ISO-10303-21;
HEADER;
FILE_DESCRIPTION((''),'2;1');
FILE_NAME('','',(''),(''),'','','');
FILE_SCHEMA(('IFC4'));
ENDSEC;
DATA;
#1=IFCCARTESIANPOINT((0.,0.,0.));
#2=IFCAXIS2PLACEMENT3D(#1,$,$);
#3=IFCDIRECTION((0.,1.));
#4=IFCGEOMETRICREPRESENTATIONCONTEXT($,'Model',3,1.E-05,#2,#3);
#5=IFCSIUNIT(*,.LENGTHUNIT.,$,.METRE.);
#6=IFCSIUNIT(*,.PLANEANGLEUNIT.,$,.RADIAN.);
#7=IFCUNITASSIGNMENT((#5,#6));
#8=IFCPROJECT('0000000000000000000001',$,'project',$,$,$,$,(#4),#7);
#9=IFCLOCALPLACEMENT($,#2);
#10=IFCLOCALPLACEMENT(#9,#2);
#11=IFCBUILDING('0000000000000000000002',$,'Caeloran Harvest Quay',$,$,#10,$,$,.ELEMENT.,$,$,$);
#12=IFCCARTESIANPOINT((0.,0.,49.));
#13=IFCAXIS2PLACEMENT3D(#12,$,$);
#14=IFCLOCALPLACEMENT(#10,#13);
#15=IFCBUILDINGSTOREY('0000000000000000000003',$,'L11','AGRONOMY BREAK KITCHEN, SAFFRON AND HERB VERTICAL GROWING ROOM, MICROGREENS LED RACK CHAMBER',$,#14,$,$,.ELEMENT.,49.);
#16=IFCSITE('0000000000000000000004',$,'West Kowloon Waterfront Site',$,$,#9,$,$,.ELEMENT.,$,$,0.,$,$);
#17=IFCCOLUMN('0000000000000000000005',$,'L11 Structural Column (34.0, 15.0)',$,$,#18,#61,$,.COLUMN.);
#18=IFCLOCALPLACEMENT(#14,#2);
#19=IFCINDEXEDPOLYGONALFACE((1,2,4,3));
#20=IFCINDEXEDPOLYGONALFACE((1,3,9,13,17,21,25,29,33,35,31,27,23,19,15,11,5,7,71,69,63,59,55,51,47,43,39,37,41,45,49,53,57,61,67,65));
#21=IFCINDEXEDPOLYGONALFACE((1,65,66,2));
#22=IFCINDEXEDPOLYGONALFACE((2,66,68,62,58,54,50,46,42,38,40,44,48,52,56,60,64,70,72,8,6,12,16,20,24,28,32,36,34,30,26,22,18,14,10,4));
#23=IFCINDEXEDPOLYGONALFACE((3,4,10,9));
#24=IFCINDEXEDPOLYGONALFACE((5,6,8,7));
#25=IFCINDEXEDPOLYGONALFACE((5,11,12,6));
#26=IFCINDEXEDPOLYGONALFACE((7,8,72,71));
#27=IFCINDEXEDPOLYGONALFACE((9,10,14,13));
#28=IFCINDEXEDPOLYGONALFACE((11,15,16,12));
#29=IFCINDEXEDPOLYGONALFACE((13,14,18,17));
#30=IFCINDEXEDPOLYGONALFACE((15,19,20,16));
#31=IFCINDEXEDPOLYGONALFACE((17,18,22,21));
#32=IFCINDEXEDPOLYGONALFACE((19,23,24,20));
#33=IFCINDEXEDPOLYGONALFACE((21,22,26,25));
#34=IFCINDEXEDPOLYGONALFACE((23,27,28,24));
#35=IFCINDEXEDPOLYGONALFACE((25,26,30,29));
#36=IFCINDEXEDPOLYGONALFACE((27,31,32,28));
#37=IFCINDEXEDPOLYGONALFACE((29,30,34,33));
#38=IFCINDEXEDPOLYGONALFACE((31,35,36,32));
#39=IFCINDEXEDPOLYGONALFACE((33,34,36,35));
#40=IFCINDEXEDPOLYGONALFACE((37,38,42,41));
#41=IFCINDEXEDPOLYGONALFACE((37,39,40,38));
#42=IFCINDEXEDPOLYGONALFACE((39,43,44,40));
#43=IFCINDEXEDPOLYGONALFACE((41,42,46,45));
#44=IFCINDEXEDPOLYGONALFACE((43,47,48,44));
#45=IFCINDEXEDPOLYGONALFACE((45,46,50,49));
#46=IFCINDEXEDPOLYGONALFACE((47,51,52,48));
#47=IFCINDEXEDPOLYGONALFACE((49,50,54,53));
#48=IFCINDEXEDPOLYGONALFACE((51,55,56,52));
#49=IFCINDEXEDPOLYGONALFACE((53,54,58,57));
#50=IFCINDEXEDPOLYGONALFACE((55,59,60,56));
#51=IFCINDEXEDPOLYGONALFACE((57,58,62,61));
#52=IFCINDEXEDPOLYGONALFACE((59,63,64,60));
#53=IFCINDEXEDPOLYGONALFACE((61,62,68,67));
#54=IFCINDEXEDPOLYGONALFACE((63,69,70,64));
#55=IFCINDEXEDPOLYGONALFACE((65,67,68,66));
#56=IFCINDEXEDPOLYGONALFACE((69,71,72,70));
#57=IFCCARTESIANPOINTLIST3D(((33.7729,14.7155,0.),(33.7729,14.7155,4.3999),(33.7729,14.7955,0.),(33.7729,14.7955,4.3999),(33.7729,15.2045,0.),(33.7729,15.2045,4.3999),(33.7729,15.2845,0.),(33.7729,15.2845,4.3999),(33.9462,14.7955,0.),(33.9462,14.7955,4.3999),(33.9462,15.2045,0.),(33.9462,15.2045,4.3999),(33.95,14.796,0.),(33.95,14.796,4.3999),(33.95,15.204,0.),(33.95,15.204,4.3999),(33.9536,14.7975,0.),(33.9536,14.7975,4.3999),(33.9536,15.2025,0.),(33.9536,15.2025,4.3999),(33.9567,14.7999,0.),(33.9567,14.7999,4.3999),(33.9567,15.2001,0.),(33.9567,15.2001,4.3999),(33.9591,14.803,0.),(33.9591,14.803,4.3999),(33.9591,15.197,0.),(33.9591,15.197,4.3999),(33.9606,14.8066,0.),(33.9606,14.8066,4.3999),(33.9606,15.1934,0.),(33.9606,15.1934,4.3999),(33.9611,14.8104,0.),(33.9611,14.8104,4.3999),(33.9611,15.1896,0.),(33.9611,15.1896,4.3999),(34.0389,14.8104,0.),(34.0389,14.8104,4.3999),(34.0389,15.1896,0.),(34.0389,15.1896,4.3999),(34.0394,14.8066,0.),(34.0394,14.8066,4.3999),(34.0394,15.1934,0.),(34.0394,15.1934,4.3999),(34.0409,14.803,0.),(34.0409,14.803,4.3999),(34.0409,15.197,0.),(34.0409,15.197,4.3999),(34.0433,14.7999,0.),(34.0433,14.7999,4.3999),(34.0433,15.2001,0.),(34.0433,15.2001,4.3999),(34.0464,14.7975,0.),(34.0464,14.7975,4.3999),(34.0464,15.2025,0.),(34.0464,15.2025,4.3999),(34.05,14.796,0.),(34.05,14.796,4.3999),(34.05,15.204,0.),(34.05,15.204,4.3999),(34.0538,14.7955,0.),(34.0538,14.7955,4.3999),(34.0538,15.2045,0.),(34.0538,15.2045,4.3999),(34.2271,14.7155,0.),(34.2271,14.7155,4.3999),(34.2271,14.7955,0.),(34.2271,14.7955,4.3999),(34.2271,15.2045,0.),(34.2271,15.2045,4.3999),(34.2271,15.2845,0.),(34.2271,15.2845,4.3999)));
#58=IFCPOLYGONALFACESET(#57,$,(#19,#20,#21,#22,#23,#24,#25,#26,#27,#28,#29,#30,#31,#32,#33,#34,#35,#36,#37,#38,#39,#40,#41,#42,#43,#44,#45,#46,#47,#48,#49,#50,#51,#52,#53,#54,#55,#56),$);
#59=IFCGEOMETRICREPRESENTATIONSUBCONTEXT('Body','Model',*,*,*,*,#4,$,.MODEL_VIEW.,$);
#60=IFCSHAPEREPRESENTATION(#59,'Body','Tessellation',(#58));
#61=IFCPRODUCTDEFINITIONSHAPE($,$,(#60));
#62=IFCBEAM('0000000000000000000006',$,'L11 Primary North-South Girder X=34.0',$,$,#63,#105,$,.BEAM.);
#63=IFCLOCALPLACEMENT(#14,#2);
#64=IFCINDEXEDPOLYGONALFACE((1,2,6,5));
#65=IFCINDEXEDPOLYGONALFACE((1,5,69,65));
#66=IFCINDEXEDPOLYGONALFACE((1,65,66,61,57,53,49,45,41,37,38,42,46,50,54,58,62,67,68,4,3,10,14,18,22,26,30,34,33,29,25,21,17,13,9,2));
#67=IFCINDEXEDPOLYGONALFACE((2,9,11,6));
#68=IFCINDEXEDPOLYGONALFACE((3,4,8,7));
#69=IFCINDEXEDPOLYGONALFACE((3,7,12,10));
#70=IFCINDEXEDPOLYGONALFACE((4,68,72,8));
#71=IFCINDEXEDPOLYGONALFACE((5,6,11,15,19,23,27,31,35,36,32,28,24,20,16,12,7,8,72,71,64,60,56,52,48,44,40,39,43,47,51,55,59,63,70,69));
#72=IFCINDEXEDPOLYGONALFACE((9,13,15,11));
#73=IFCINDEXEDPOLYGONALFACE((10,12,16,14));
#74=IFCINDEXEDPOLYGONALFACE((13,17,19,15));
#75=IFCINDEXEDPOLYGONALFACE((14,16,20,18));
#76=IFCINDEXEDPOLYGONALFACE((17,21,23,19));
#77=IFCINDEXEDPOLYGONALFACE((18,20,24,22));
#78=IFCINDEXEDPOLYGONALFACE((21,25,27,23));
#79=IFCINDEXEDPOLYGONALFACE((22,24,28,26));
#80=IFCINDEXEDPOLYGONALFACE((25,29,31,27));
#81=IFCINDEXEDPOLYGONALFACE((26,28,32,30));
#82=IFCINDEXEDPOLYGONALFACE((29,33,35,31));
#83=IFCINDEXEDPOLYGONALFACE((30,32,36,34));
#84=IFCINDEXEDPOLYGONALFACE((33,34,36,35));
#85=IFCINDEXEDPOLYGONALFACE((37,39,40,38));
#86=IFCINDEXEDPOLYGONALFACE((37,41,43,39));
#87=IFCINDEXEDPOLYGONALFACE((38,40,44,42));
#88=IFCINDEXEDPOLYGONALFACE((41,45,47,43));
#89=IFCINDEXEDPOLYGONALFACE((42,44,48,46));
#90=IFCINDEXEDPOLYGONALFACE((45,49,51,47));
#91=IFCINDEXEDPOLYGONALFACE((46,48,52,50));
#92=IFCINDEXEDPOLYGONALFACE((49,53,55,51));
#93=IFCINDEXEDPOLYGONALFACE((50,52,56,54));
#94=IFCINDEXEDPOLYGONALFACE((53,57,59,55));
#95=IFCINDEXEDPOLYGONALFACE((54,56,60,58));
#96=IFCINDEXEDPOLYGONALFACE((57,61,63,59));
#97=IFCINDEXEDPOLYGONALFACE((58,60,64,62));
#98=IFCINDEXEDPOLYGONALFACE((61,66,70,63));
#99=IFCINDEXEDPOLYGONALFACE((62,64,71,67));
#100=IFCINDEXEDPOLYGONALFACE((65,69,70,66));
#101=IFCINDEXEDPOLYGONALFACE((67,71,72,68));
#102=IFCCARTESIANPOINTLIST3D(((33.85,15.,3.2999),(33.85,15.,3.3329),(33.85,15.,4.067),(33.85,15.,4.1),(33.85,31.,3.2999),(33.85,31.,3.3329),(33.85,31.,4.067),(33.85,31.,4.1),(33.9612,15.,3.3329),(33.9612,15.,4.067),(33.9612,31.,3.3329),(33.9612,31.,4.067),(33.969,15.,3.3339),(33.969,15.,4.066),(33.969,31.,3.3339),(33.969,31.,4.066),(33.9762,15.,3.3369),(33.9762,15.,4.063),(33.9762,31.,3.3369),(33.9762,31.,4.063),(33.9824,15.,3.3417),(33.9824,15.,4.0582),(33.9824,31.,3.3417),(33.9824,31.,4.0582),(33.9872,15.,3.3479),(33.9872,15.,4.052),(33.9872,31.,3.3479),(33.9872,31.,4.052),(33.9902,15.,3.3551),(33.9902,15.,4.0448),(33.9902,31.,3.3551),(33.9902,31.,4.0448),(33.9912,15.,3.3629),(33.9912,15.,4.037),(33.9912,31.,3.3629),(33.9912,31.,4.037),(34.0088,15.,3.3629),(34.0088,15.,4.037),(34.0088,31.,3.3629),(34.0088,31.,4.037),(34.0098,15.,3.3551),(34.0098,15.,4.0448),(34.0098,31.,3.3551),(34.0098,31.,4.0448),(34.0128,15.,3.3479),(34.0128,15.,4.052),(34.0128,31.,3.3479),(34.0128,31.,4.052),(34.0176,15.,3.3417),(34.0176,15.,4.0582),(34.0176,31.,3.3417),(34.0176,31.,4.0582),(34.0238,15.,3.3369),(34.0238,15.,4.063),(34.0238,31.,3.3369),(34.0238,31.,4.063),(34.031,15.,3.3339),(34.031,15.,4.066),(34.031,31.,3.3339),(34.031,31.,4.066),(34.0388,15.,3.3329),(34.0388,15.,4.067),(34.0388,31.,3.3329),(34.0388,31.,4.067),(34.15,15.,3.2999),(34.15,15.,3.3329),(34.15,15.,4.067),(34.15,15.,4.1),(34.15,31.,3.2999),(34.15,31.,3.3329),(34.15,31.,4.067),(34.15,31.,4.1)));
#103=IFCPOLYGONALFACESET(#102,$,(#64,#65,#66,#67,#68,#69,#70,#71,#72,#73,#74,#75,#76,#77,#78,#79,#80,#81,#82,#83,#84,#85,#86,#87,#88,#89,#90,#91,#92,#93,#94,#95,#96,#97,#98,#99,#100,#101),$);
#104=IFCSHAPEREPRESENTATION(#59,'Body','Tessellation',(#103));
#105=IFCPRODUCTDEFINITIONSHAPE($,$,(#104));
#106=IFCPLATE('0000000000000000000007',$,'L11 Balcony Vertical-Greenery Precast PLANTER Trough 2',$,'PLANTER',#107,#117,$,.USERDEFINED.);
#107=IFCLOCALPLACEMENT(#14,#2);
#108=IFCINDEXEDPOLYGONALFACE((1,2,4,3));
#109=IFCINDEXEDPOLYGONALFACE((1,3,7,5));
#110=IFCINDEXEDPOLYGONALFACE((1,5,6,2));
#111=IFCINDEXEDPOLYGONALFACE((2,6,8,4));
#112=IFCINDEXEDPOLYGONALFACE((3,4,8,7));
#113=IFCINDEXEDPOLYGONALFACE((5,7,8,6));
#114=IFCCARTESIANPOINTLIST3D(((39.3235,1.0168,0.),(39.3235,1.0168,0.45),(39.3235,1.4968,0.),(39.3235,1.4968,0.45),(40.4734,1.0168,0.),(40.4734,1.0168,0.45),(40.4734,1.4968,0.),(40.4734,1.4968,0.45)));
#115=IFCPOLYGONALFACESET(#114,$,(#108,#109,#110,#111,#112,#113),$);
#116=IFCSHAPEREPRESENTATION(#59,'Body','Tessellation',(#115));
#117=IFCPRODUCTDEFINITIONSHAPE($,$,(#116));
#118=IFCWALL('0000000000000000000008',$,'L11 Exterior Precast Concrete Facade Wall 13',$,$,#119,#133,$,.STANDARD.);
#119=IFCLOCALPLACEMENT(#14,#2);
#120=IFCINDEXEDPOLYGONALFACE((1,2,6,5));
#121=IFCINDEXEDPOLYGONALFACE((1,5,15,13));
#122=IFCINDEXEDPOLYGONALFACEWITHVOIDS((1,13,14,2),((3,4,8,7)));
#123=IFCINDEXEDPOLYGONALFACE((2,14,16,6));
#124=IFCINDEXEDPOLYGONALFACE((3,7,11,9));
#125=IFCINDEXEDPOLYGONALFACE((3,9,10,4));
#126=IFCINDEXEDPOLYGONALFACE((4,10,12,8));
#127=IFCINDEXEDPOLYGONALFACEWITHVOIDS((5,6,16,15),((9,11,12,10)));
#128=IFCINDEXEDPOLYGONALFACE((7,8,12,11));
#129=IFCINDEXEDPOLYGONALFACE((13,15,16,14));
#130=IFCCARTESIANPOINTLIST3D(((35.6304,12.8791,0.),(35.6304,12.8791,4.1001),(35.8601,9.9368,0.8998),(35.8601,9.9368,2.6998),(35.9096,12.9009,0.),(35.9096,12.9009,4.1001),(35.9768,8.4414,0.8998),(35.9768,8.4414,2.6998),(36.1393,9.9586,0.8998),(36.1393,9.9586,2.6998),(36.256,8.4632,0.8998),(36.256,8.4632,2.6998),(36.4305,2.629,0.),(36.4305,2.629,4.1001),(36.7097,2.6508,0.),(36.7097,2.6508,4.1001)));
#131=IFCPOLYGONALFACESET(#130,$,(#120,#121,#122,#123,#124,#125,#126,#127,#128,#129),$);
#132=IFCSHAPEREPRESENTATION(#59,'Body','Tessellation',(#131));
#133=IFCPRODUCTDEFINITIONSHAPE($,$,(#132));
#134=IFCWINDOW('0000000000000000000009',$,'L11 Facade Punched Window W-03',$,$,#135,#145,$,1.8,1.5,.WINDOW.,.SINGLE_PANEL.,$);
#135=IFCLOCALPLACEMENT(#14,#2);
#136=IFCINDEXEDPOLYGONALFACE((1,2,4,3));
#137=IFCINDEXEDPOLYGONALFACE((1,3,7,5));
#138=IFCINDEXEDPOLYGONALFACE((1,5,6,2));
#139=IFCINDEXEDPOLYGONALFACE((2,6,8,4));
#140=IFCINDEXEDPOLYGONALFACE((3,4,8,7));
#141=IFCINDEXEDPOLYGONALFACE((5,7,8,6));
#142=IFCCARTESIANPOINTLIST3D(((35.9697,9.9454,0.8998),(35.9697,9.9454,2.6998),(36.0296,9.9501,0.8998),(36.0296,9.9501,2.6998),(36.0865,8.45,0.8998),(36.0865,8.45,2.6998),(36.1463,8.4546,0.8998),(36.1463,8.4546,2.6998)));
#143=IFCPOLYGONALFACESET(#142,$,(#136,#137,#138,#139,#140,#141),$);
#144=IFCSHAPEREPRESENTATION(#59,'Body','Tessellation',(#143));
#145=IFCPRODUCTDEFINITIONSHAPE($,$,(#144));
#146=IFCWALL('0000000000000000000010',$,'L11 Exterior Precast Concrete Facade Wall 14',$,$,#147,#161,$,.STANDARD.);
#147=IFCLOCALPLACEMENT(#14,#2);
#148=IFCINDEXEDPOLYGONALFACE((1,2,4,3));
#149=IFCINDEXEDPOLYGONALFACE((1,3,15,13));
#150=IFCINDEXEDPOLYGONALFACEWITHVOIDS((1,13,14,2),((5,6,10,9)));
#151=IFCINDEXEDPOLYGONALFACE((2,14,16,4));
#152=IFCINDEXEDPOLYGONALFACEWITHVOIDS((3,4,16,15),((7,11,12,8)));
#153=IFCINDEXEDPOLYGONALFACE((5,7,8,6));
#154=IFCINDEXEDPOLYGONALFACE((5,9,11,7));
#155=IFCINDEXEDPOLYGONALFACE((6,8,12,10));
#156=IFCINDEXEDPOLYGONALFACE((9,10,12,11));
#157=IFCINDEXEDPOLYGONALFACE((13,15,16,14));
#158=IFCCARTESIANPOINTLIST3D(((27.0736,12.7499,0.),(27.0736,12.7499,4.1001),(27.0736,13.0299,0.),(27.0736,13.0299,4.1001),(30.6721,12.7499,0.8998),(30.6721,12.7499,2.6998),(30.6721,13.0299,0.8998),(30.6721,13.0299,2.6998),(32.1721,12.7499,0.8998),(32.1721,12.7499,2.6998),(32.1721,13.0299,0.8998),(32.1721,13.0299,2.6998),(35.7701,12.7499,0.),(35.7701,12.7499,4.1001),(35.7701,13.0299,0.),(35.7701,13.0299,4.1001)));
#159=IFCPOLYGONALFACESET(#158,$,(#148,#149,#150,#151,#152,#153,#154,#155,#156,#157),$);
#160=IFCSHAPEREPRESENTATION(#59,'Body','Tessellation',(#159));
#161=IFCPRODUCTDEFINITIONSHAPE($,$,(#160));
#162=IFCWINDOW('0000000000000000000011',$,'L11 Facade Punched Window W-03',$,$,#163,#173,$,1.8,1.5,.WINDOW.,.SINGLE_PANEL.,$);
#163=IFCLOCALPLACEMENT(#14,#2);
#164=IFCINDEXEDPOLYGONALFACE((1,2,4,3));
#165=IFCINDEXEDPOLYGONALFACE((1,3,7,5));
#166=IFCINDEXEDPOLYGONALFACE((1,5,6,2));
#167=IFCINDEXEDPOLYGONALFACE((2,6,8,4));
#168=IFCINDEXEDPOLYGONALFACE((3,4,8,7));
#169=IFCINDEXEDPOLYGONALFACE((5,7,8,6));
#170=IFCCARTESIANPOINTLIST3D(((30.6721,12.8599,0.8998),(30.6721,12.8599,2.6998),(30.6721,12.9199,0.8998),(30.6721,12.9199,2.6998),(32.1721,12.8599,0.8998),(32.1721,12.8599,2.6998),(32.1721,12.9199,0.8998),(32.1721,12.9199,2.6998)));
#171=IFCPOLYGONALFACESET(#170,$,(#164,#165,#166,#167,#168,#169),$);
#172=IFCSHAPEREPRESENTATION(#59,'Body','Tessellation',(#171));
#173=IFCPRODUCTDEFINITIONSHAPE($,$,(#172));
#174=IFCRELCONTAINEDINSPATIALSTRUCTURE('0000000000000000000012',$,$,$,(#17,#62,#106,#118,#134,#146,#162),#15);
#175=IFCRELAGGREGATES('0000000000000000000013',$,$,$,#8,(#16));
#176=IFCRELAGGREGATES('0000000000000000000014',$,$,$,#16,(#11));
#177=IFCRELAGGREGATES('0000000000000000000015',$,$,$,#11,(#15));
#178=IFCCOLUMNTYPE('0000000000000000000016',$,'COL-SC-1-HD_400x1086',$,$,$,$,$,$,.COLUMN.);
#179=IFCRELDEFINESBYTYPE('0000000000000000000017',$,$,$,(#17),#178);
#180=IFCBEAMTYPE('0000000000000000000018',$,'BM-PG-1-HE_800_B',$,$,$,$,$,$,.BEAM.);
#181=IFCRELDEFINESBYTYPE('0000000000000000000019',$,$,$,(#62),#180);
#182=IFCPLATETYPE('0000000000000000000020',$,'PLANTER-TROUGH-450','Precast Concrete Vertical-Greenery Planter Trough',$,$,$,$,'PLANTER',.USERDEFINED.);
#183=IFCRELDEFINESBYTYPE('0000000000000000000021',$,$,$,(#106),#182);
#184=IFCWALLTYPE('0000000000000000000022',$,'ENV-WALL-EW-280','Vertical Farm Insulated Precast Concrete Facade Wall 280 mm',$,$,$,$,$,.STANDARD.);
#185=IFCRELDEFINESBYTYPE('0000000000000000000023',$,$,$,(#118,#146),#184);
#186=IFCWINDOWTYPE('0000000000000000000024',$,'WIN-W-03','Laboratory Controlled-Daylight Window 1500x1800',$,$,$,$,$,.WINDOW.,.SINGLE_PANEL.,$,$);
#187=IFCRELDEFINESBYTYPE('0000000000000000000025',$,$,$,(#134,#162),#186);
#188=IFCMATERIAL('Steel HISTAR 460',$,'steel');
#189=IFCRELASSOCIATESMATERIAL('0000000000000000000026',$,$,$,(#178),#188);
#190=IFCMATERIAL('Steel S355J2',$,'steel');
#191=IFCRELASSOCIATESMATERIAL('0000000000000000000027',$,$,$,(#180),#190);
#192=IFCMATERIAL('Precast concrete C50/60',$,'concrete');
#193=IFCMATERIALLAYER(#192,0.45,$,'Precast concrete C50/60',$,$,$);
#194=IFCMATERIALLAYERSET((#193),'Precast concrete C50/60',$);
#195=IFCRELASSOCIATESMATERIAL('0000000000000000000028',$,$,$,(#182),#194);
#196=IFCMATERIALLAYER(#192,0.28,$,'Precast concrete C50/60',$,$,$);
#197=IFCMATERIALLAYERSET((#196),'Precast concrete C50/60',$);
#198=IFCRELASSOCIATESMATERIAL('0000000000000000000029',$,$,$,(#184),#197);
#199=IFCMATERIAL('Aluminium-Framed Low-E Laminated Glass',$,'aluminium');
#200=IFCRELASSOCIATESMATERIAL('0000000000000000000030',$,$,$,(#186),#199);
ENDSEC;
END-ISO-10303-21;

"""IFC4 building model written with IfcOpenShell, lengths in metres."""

from ifc_helpers import new_model, si_unit, direction, frame, frame_2d, origin, origin_2d, place, context, subcontext, project, spatial, rectangle, i_section, extrude, material, layer, layer_set, material_profile, profile_set, type_object, element, fill, save


model = new_model("IFC4")

# Units and contexts
model_context = context("Model", 3, precision=1e-05, world=origin(), true_north=direction((0.0, 1.0)))
body_context = subcontext(model_context, "Body", "Model", "MODEL_VIEW")
ifc_project = project(units=[si_unit("LENGTHUNIT", "METRE"), si_unit("PLANEANGLEUNIT", "RADIAN")], contexts=[model_context])

# Site, building, storey
site_placement = place(None, origin())
site = spatial("IfcSite", under=ifc_project, at=site_placement, Name="West Kowloon Waterfront Site", CompositionType="ELEMENT", RefElevation=0.0)
building_placement = place(site_placement, origin())
building = spatial("IfcBuilding", under=site, at=building_placement, Name="Caeloran Harvest Quay", CompositionType="ELEMENT")
storey_placement = place(building_placement, frame((0.0, 0.0, 49.0)))
storey = spatial("IfcBuildingStorey", under=building, at=storey_placement, Name="L11", Description="AGRONOMY BREAK KITCHEN, SAFFRON AND HERB VERTICAL GROWING ROOM, MICROGREENS LED RACK CHAMBER", CompositionType="ELEMENT", Elevation=49.0)

# Column
ifc_material_1 = material(Name="Steel HISTAR 460", Category="steel")
ifc_material_profile_1 = material_profile(ifc_material_1, i_section(OverallWidth=0.4541, OverallDepth=0.5691, WebThickness=0.0779, FlangeThickness=0.0801, FilletRadius=0.0149, at=origin_2d()), Name="HD 400x1086")
ifc_profile_set_1 = profile_set([ifc_material_profile_1], Name="Steel HISTAR 460")
column_type = type_object("IfcColumnType", Name="COL-SC-1-HD_400x1086", PredefinedType="COLUMN", material=ifc_profile_set_1)
column_placement = place(storey_placement, frame((34.0, 15.0, 0.0), z_axis=(0.0, 0.0, 1.0), x_axis=(1.0, 0.0, 0.0)))
element("IfcColumn", 1, at=column_placement, inside=storey, type_object=column_type, Name="L11 Structural Column (34.0, 15.0)", PredefinedType="COLUMN", context=body_context, shape_type="SweptSolid", body=[
    extrude(i_section(OverallWidth=0.4541, OverallDepth=0.5691, WebThickness=0.0779, FlangeThickness=0.0801, FilletRadius=0.0149, at=origin_2d()), origin(), (0.0, 0.0, 1.0), 4.3999),
])

# Beam
ifc_material_2 = material(Name="Steel S355J2", Category="steel")
ifc_material_profile_2 = material_profile(ifc_material_2, i_section(OverallWidth=0.3, OverallDepth=0.8, WebThickness=0.0176, FlangeThickness=0.033, FilletRadius=0.03, at=origin_2d()), Name="HE 800 B")
ifc_profile_set_2 = profile_set([ifc_material_profile_2], Name="Steel S355J2")
beam_type = type_object("IfcBeamType", Name="BM-PG-1-HE_800_B", PredefinedType="BEAM", material=ifc_profile_set_2)
beam_placement = place(storey_placement, frame((34.0, 15.0, 3.7), z_axis=(0.0, 1.0, 0.0), x_axis=(-1.0, 0.0, 0.0)))
element("IfcBeam", 2, at=beam_placement, inside=storey, type_object=beam_type, Name="L11 Primary North-South Girder X=34.0", PredefinedType="BEAM", context=body_context, shape_type="SweptSolid", body=[
    extrude(i_section(OverallWidth=0.3, OverallDepth=0.8, WebThickness=0.0176, FlangeThickness=0.033, FilletRadius=0.03, at=origin_2d()), origin(), (0.0, 0.0, 1.0), 16.0),
])

# Plate
ifc_material_3 = material(Name="Precast concrete C50/60", Category="concrete")
ifc_layer_1 = layer(ifc_material_3, 0.45, Name="Precast concrete C50/60")
ifc_layer_set_1 = layer_set([ifc_layer_1], Name="Precast concrete C50/60")
plate_type = type_object("IfcPlateType", Name="PLANTER-TROUGH-450", Description="Precast Concrete Vertical-Greenery Planter Trough", ElementType="PLANTER", PredefinedType="USERDEFINED", material=ifc_layer_set_1)
plate_placement = place(storey_placement, frame((39.8984, 1.2568, 0.0), z_axis=(0.0, 0.0, 1.0), x_axis=(1.0, 0.0, 0.0)))
element("IfcPlate", 3, at=plate_placement, inside=storey, type_object=plate_type, Name="L11 Balcony Vertical-Greenery Precast PLANTER Trough 2", ObjectType="PLANTER", PredefinedType="USERDEFINED", context=body_context, shape_type="SweptSolid", body=[
    extrude(rectangle(XDim=1.1499, YDim=0.48, at=origin_2d()), origin(), (0.0, 0.0, 1.0), 0.45),
])

# Walls, openings, windows
ifc_layer_2 = layer(ifc_material_3, 0.28, Name="Precast concrete C50/60")
ifc_layer_set_2 = layer_set([ifc_layer_2], Name="Precast concrete C50/60")
wall_type_1 = type_object("IfcWallType", Name="ENV-WALL-EW-280", Description="Vertical Farm Insulated Precast Concrete Facade Wall 280 mm", PredefinedType="STANDARD", material=ifc_layer_set_2)
wall_1_placement = place(storey_placement, frame((36.5701, 2.6399, 0.0), z_axis=(0.0, 0.0, 1.0), x_axis=(-0.077817, 0.996968, 0.0)))
wall_1 = element("IfcWall", 4, at=wall_1_placement, inside=storey, type_object=wall_type_1, Name="L11 Exterior Precast Concrete Facade Wall 13", PredefinedType="STANDARD", context=body_context, shape_type="SweptSolid", body=[
    extrude(rectangle(XDim=10.2812, YDim=0.28, at=frame_2d((5.1406, 0.0))), origin(), (0.0, 0.0, 1.0), 4.1001),
])
opening_1_placement = place(wall_1_placement, frame((5.8301, 0.0, 0.8999)))
opening_1 = element("IfcOpeningElement", 5, at=opening_1_placement, cuts=wall_1, PredefinedType="OPENING", context=body_context, shape_type="SweptSolid", body=[
    extrude(rectangle(XDim=1.5, YDim=1.8, at=frame_2d((0.75, 0.8999))), frame((0.0, 0.1499, 0.0), z_axis=(0.0, -1.0, 0.0), x_axis=(1.0, 0.0, 0.0)), (0.0, 0.0, 1.0), 0.3),
])
ifc_material_4 = material(Name="Aluminium-Framed Low-E Laminated Glass", Category="aluminium")
window_type = type_object("IfcWindowType", Name="WIN-W-03", Description="Laboratory Controlled-Daylight Window 1500x1800", PartitioningType="SINGLE_PANEL", PredefinedType="WINDOW", material=ifc_material_4)
window_1_placement = place(opening_1_placement, origin())
window_1 = element("IfcWindow", 6, at=window_1_placement, inside=storey, type_object=window_type, Name="L11 Facade Punched Window W-03", OverallHeight=1.8, OverallWidth=1.5, PartitioningType="SINGLE_PANEL", PredefinedType="WINDOW", context=body_context, shape_type="SweptSolid", body=[
    extrude(rectangle(XDim=1.5, YDim=1.8, at=frame_2d((0.75, 0.8999))), frame((0.0, 0.03, 0.0), z_axis=(0.0, -1.0, 0.0), x_axis=(1.0, 0.0, 0.0)), (0.0, 0.0, 1.0), 0.0601),
])
fill(opening_1, window_1)
wall_2_placement = place(storey_placement, frame((35.77, 12.8899, 0.0), z_axis=(0.0, 0.0, 1.0), x_axis=(-1.0, 0.0, 0.0)))
wall_2 = element("IfcWall", 7, at=wall_2_placement, inside=storey, type_object=wall_type_1, Name="L11 Exterior Precast Concrete Facade Wall 14", PredefinedType="STANDARD", context=body_context, shape_type="SweptSolid", body=[
    extrude(rectangle(XDim=8.6965, YDim=0.28, at=frame_2d((4.3481, 0.0))), origin(), (0.0, 0.0, 1.0), 4.1001),
])
opening_2_placement = place(wall_2_placement, frame((3.5979, 0.0, 0.8999)))
opening_2 = element("IfcOpeningElement", 8, at=opening_2_placement, cuts=wall_2, PredefinedType="OPENING", context=body_context, shape_type="SweptSolid", body=[
    extrude(rectangle(XDim=1.5, YDim=1.8, at=frame_2d((0.75, 0.8999))), frame((0.0, 0.1499, 0.0), z_axis=(0.0, -1.0, 0.0), x_axis=(1.0, 0.0, 0.0)), (0.0, 0.0, 1.0), 0.3),
])
window_2_placement = place(opening_2_placement, origin())
window_2 = element("IfcWindow", 9, at=window_2_placement, inside=storey, type_object=window_type, Name="L11 Facade Punched Window W-03", OverallHeight=1.8, OverallWidth=1.5, PartitioningType="SINGLE_PANEL", PredefinedType="WINDOW", context=body_context, shape_type="SweptSolid", body=[
    extrude(rectangle(XDim=1.5, YDim=1.8, at=frame_2d((0.75, 0.8999))), frame((0.0, 0.03, 0.0), z_axis=(0.0, -1.0, 0.0), x_axis=(1.0, 0.0, 0.0)), (0.0, 0.0, 1.0), 0.0601),
])
fill(opening_2, window_2)

save(model, "model.ifc")
